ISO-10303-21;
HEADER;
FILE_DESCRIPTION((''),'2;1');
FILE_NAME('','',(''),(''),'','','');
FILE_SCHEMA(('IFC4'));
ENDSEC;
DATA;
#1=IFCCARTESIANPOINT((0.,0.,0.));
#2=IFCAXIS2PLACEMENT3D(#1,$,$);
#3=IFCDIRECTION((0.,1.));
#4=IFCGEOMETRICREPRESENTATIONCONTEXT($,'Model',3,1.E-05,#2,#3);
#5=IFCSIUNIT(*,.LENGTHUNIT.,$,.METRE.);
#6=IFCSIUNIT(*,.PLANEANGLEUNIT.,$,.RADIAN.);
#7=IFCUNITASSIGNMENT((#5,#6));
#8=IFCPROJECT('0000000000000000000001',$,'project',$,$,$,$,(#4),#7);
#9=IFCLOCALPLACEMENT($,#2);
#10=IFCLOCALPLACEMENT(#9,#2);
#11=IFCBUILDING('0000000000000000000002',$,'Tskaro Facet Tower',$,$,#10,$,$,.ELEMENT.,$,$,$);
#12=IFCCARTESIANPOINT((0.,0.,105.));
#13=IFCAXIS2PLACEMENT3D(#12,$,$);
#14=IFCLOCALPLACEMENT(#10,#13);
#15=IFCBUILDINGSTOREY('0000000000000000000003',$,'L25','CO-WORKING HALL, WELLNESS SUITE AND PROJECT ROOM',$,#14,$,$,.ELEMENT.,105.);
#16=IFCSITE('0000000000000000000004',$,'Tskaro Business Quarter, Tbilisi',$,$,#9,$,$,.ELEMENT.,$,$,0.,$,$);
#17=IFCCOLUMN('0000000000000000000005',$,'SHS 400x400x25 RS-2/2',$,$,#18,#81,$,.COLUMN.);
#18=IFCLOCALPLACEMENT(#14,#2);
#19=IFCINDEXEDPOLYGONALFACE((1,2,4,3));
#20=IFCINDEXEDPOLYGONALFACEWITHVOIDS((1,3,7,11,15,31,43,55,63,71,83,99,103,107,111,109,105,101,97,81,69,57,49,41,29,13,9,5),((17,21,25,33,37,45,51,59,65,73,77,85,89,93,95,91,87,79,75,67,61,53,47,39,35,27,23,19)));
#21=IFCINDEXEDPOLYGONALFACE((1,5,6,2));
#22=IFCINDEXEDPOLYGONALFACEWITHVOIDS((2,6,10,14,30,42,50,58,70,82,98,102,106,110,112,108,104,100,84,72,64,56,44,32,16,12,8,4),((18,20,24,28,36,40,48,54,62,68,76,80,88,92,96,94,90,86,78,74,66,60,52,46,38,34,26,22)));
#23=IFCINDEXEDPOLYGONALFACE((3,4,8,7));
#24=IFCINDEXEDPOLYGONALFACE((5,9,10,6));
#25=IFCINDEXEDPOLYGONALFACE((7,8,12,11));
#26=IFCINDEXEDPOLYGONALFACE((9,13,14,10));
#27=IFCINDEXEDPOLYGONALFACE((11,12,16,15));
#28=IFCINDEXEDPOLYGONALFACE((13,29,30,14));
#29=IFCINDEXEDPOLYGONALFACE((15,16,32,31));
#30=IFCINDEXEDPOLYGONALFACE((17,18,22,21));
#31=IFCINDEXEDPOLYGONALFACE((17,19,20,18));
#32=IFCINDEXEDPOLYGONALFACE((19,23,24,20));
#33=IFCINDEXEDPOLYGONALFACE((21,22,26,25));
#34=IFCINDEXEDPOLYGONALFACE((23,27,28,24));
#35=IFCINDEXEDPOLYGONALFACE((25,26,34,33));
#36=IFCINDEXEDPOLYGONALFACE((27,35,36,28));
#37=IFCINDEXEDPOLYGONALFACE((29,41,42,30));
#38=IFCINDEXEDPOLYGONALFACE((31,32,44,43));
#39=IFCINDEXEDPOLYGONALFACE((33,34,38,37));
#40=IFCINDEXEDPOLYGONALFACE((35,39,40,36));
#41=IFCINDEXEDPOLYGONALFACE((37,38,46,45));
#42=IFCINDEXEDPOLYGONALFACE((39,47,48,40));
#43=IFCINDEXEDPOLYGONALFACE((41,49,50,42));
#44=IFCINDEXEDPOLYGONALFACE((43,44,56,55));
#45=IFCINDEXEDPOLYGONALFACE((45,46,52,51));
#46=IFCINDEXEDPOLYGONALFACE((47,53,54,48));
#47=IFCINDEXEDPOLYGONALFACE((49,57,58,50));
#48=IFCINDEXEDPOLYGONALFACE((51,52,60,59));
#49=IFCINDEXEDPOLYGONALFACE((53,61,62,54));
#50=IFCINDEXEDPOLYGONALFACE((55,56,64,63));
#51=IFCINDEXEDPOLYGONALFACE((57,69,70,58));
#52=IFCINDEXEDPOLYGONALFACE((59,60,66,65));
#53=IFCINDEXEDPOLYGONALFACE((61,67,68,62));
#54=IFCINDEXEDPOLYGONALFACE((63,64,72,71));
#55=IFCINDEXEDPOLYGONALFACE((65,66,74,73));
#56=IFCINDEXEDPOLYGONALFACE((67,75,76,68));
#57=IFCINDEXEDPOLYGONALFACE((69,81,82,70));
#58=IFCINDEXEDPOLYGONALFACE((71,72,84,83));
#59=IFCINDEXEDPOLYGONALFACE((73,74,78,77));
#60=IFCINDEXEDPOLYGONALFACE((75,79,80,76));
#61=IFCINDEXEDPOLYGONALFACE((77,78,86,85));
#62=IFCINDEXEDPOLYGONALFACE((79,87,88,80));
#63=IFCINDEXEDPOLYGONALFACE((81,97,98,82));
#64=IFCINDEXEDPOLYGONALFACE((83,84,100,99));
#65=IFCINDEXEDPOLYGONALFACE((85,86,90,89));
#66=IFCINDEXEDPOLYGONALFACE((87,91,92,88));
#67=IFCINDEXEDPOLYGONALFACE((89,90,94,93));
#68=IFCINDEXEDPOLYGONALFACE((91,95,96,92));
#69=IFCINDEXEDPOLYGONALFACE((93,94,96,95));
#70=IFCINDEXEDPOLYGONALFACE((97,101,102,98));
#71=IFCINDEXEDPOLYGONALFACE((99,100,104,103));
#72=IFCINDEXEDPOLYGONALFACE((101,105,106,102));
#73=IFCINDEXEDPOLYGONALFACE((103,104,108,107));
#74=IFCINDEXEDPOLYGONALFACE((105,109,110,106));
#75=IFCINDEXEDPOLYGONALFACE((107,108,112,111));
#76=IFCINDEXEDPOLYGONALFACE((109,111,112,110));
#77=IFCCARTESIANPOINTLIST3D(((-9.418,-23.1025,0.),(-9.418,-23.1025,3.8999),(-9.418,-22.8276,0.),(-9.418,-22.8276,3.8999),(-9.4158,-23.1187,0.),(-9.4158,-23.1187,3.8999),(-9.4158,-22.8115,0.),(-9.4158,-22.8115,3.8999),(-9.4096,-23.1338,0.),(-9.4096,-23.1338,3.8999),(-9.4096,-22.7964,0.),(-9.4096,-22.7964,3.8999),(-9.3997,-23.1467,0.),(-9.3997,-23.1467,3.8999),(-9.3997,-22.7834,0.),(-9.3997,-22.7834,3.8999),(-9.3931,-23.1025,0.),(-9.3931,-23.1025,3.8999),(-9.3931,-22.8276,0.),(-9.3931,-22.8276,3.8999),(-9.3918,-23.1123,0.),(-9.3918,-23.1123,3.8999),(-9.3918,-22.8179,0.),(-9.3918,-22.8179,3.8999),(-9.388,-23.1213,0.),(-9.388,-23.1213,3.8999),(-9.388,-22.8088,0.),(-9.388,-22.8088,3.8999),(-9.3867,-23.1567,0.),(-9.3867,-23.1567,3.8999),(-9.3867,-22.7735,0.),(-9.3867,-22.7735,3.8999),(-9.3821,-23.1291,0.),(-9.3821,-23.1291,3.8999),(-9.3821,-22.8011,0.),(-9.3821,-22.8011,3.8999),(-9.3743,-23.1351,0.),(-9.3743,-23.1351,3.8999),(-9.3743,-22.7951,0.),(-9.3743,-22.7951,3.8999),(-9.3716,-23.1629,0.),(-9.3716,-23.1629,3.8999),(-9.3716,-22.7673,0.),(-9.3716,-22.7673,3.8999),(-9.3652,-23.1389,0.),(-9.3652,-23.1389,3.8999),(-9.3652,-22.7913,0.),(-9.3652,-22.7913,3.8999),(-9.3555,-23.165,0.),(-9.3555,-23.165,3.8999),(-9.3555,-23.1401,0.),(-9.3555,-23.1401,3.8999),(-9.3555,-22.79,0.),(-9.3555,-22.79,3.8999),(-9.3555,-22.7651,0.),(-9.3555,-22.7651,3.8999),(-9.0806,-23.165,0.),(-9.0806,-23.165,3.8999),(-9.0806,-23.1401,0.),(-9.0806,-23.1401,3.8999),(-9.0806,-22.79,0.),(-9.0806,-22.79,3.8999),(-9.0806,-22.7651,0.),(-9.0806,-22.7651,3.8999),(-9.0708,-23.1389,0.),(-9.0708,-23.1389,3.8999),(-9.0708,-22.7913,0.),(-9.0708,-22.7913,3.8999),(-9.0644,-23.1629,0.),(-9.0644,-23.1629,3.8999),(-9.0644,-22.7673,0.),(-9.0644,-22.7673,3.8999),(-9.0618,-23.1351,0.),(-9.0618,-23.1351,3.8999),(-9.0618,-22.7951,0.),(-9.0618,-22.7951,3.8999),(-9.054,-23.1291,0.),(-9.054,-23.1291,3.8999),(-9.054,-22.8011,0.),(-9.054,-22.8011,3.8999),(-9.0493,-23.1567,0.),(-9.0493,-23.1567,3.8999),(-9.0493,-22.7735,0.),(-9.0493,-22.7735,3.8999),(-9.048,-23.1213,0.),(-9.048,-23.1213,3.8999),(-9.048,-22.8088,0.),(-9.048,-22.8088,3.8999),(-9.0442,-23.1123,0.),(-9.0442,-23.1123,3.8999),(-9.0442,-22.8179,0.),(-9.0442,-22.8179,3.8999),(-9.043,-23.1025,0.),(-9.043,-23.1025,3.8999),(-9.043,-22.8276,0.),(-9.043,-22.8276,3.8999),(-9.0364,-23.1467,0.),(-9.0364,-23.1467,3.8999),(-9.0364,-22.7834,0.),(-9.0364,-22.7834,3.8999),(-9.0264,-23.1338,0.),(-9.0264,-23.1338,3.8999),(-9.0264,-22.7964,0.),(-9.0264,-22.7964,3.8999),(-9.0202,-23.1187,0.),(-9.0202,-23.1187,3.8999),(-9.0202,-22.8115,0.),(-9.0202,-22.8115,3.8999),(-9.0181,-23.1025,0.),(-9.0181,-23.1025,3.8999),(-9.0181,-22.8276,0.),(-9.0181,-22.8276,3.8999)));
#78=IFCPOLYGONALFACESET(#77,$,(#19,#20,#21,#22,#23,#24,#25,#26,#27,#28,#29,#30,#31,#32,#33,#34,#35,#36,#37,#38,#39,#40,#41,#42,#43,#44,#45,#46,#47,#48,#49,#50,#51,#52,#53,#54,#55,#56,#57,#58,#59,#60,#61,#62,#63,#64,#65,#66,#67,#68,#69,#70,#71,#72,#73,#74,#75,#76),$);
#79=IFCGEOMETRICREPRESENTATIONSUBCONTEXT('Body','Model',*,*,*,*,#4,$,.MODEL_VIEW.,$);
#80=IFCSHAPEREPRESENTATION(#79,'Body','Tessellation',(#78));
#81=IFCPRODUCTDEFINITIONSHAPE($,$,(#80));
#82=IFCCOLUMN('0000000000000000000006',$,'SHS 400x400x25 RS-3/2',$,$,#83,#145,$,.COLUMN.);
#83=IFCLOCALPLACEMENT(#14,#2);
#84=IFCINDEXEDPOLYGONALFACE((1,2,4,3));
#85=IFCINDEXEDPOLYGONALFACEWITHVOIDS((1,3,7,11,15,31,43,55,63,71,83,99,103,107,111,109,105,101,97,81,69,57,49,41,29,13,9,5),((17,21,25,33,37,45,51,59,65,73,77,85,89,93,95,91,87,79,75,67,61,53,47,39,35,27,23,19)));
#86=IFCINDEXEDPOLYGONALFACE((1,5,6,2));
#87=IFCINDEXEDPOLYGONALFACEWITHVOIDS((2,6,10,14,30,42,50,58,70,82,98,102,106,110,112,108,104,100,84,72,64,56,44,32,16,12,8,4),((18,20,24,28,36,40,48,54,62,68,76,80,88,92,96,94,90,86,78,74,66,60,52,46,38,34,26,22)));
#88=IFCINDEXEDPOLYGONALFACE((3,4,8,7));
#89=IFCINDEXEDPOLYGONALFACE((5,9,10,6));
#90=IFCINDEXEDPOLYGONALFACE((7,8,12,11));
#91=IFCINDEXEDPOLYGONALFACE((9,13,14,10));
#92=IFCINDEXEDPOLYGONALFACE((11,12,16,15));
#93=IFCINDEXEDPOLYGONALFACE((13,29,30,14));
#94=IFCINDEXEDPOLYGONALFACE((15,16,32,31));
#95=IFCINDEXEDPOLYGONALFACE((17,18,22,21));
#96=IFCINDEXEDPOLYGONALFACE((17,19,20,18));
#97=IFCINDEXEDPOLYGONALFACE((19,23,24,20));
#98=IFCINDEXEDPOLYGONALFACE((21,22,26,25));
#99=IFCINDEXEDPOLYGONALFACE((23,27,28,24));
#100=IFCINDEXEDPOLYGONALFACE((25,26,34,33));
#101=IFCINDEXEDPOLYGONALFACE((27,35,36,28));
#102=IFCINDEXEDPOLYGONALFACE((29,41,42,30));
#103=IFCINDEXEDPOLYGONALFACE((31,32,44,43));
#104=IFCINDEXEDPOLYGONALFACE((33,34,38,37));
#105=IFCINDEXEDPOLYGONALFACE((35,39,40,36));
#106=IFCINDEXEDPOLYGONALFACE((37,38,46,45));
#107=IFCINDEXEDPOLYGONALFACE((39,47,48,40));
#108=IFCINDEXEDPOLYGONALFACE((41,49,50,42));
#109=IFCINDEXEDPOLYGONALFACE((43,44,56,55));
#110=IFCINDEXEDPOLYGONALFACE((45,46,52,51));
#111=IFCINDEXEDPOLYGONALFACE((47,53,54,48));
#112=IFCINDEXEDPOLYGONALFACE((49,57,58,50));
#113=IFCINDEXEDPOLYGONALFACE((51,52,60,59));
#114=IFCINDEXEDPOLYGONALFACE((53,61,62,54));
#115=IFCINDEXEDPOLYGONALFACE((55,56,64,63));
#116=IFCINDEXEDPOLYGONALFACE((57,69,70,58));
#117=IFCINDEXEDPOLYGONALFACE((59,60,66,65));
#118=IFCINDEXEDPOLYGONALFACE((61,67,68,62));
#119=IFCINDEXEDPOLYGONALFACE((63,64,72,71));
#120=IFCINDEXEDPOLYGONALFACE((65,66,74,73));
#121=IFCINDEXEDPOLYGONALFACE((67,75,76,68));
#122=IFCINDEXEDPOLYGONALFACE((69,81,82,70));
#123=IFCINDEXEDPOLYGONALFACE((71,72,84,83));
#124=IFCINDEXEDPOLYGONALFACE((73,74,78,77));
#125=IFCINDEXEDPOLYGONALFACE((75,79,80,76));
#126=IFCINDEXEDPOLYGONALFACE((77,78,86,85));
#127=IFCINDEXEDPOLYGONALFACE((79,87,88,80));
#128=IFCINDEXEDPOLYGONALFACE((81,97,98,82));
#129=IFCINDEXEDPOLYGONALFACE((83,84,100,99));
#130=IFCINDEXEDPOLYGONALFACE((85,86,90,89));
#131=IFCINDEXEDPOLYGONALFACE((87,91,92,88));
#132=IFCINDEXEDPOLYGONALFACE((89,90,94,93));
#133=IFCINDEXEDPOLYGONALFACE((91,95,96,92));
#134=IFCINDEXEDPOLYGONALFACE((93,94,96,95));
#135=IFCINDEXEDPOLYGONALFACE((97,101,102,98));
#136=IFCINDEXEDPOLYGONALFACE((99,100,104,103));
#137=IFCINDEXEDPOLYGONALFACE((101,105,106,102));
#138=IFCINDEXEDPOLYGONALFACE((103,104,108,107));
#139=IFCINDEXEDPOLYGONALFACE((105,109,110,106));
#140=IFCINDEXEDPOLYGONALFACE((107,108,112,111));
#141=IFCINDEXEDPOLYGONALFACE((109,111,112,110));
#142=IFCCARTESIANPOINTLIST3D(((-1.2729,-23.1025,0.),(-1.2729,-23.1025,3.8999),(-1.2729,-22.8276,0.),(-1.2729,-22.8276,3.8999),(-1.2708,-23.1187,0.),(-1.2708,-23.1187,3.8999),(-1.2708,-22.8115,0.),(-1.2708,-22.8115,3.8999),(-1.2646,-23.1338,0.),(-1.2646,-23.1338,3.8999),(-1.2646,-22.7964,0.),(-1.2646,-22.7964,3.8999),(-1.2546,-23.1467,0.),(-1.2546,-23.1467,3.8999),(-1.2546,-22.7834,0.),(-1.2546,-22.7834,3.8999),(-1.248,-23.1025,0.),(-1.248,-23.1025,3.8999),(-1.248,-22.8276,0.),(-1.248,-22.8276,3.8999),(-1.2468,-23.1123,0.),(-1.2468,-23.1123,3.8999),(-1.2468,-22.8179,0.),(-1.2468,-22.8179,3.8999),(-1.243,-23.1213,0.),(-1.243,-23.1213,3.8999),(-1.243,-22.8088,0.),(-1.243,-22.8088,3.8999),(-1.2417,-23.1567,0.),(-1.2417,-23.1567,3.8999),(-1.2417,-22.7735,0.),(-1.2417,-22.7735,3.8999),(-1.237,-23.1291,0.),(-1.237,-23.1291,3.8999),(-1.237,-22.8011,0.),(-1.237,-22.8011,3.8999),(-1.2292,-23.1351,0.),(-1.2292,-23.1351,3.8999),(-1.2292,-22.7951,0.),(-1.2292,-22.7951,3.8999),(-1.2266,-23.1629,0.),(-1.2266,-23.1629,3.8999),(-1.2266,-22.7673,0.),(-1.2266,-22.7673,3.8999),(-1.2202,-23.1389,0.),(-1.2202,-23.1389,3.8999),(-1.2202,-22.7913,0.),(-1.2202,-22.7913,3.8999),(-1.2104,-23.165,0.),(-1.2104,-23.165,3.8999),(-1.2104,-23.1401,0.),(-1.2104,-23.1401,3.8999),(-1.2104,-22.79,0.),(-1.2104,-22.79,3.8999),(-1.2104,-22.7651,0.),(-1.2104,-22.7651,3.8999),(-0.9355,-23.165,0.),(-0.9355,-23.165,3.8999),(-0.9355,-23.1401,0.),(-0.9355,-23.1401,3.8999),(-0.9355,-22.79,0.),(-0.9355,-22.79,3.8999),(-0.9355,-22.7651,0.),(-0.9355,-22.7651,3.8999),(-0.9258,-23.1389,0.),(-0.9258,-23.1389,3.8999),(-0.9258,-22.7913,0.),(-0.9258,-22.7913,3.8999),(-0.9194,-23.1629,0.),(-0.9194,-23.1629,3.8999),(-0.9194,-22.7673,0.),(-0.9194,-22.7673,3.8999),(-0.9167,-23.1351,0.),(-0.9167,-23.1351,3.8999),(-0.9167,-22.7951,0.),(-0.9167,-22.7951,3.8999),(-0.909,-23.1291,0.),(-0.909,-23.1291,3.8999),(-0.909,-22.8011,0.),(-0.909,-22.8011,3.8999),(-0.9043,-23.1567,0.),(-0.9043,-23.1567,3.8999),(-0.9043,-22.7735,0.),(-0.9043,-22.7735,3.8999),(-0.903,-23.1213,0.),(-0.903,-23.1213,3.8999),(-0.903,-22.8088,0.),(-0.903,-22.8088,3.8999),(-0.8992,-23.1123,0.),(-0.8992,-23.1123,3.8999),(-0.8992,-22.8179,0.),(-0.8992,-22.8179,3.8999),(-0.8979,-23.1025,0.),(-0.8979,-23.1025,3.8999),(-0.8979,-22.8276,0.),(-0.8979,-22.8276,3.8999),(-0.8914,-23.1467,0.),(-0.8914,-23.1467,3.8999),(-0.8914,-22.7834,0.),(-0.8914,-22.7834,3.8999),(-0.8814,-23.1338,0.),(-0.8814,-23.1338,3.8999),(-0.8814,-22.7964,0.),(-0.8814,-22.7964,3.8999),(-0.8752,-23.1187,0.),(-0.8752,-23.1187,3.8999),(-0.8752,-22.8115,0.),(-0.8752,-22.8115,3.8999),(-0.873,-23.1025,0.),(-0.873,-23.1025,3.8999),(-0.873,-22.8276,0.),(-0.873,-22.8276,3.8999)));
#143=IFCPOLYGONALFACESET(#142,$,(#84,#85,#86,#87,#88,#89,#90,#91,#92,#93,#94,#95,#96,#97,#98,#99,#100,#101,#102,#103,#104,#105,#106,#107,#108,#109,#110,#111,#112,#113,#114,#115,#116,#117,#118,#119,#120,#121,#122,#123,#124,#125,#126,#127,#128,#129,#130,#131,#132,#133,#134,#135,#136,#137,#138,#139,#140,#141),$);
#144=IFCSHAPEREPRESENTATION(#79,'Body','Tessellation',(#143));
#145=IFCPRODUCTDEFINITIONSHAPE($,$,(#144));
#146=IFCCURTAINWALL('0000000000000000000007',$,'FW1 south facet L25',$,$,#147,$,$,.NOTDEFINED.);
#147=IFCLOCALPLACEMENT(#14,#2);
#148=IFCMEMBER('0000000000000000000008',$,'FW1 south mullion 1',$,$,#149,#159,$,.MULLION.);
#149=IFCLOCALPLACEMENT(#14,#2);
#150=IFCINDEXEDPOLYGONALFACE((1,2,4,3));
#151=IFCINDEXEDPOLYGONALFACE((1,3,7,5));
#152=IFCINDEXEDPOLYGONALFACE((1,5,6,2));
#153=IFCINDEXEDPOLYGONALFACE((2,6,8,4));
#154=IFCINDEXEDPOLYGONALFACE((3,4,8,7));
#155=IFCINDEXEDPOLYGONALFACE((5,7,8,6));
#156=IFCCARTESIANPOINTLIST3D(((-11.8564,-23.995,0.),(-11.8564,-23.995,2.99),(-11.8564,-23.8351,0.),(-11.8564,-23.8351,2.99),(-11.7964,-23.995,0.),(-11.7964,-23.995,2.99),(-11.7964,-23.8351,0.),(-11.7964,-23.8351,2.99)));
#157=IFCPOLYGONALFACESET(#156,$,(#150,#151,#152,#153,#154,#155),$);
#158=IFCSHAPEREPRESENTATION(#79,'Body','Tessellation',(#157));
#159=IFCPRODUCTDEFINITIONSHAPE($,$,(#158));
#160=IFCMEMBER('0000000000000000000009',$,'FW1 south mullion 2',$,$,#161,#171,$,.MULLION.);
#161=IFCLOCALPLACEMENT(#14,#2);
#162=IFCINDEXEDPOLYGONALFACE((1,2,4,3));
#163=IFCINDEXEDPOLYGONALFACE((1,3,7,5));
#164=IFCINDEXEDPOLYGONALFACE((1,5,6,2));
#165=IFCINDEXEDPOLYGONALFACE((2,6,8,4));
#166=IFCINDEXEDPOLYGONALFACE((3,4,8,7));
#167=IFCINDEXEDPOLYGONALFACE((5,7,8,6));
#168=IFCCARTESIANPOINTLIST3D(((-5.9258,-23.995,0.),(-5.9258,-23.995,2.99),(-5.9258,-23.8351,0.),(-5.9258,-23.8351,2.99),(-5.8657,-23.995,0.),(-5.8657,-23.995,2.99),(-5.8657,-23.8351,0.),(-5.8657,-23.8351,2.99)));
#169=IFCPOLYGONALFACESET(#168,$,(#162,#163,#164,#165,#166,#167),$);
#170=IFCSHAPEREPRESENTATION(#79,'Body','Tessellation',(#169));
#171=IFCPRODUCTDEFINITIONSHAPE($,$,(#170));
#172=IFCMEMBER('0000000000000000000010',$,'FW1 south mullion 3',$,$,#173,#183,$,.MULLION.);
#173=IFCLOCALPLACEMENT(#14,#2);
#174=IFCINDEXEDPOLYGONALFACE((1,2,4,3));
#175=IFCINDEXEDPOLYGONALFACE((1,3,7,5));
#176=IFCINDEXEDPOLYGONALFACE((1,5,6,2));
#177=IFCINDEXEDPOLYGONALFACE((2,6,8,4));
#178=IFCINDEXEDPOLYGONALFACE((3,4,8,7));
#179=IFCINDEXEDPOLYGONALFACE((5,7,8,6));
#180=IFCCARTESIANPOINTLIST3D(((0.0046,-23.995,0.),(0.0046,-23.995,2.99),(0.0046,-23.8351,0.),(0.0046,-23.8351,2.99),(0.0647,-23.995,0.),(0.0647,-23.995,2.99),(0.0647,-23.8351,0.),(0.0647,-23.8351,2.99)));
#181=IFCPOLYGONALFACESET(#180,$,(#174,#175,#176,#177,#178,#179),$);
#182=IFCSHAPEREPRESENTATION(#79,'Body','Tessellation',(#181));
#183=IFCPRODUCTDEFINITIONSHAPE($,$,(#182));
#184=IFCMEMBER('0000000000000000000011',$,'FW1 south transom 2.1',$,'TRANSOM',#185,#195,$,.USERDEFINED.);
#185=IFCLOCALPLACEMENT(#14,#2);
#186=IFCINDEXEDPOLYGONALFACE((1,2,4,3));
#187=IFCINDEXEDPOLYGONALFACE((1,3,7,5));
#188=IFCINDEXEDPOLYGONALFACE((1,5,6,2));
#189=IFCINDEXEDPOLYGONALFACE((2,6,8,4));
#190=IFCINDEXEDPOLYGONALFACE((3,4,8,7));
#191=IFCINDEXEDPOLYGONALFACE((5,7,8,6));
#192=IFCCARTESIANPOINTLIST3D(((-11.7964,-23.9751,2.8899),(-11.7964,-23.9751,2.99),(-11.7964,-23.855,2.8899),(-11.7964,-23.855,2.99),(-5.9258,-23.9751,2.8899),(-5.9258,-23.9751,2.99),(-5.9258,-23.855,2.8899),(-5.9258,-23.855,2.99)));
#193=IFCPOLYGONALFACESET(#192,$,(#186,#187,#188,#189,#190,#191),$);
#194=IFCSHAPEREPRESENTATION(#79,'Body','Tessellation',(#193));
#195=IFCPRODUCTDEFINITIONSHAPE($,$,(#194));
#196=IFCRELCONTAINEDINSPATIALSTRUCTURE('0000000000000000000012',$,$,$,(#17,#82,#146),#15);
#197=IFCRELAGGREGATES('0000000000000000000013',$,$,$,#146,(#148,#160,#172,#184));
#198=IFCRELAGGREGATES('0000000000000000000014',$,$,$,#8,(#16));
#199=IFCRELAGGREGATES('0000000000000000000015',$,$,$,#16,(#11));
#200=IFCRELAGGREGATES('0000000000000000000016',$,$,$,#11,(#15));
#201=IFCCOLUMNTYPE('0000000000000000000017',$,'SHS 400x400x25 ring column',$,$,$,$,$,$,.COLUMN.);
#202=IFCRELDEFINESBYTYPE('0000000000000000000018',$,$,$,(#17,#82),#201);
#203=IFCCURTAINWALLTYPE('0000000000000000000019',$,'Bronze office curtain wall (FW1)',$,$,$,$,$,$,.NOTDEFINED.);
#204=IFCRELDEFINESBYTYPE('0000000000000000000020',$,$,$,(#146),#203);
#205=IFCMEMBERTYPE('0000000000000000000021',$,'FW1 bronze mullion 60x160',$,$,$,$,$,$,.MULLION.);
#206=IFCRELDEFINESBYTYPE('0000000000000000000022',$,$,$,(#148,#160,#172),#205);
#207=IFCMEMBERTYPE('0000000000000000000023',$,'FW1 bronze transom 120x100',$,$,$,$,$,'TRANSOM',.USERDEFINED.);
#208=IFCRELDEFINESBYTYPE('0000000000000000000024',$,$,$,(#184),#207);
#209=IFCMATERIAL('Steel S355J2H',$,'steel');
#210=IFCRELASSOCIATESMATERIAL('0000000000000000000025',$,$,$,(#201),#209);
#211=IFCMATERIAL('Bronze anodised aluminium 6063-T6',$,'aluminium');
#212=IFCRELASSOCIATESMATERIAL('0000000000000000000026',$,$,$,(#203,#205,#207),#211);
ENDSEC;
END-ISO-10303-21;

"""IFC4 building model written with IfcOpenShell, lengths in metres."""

from ifc_helpers import new_model, si_unit, direction, frame, origin, origin_2d, place, context, subcontext, project, spatial, rectangle, hollow_rectangle, extrude, material, material_profile, profile_set, type_object, element, aggregate, save


model = new_model("IFC4")

# Units and contexts
model_context = context("Model", 3, precision=1e-05, world=origin(), true_north=direction((0.0, 1.0)))
body_context = subcontext(model_context, "Body", "Model", "MODEL_VIEW")
ifc_project = project(units=[si_unit("LENGTHUNIT", "METRE"), si_unit("PLANEANGLEUNIT", "RADIAN")], contexts=[model_context])

# Site, building, storey
site_placement = place(None, origin())
site = spatial("IfcSite", under=ifc_project, at=site_placement, Name="Tskaro Business Quarter, Tbilisi", CompositionType="ELEMENT", RefElevation=0.0)
building_placement = place(site_placement, origin())
building = spatial("IfcBuilding", under=site, at=building_placement, Name="Tskaro Facet Tower", CompositionType="ELEMENT")
storey_placement = place(building_placement, frame((0.0, 0.0, 105.0)))
storey = spatial("IfcBuildingStorey", under=building, at=storey_placement, Name="L25", Description="CO-WORKING HALL, WELLNESS SUITE AND PROJECT ROOM", CompositionType="ELEMENT", Elevation=105.0)

# Columns
ifc_material_1 = material(Name="Steel S355J2H", Category="steel")
ifc_material_profile_1 = material_profile(ifc_material_1, hollow_rectangle(XDim=0.3999, YDim=0.3999, WallThickness=0.0249, InnerFilletRadius=0.0376, OuterFilletRadius=0.0625, at=origin_2d()), Name="SHS 400x400x25")
ifc_profile_set_1 = profile_set([ifc_material_profile_1], Name="Steel S355J2H")
column_type_1 = type_object("IfcColumnType", Name="SHS 400x400x25 ring column", PredefinedType="COLUMN", material=ifc_profile_set_1)
for number, where, z_axis, x_axis, name in (
    (1, (-9.218, -22.9651, 0.0), (0.0, 0.0, 1.0), (1.0, 0.0, 0.0), "SHS 400x400x25 RS-2/2"),
    (2, (-1.073, -22.9651, 0.0), (0.0, 0.0, 1.0), (1.0, 0.0, 0.0), "SHS 400x400x25 RS-3/2"),
):
    element("IfcColumn", number, at=place(storey_placement, frame(where, z_axis=z_axis, x_axis=x_axis)), inside=storey, type_object=column_type_1, Name=name, PredefinedType="COLUMN", context=body_context, shape_type="SweptSolid", body=[
        extrude(hollow_rectangle(XDim=0.3999, YDim=0.3999, WallThickness=0.0249, InnerFilletRadius=0.0376, OuterFilletRadius=0.0625, at=origin_2d()), origin(), (0.0, 0.0, 1.0), 3.8999),
    ])

# Curtain wall, members
ifc_material_2 = material(Name="Bronze anodised aluminium 6063-T6", Category="aluminium")
curtain_wall_type = type_object("IfcCurtainWallType", Name="Bronze office curtain wall (FW1)", PredefinedType="NOTDEFINED", material=ifc_material_2)
curtain_wall_placement = place(storey_placement, origin())
curtain_wall = element("IfcCurtainWall", 3, at=curtain_wall_placement, inside=storey, type_object=curtain_wall_type, Name="FW1 south facet L25", PredefinedType="NOTDEFINED")
ifc_material_profile_2 = material_profile(ifc_material_2, rectangle(XDim=0.0601, YDim=0.1599, at=origin_2d()), Name="Mullion 60x160")
ifc_profile_set_2 = profile_set([ifc_material_profile_2], Name="Bronze anodised aluminium 6063-T6")
member_type_1 = type_object("IfcMemberType", Name="FW1 bronze mullion 60x160", PredefinedType="MULLION", material=ifc_profile_set_2)
member_1_placement = place(storey_placement, frame((-11.8264, -23.915, 0.0), z_axis=(0.0, 0.0, 1.0), x_axis=(1.0, 0.0, 0.0)))
member_1 = element("IfcMember", 4, at=member_1_placement, type_object=member_type_1, Name="FW1 south mullion 1", PredefinedType="MULLION", context=body_context, shape_type="SweptSolid", body=[
    extrude(rectangle(XDim=0.0601, YDim=0.1599, at=origin_2d()), origin(), (0.0, 0.0, 1.0), 2.99),
])
member_2_placement = place(storey_placement, frame((-5.8958, -23.915, 0.0), z_axis=(0.0, 0.0, 1.0), x_axis=(1.0, 0.0, 0.0)))
member_2 = element("IfcMember", 5, at=member_2_placement, type_object=member_type_1, Name="FW1 south mullion 2", PredefinedType="MULLION", context=body_context, shape_type="SweptSolid", body=[
    extrude(rectangle(XDim=0.0601, YDim=0.1599, at=origin_2d()), origin(), (0.0, 0.0, 1.0), 2.99),
])
member_3_placement = place(storey_placement, frame((0.0347, -23.915, 0.0), z_axis=(0.0, 0.0, 1.0), x_axis=(1.0, 0.0, 0.0)))
member_3 = element("IfcMember", 6, at=member_3_placement, type_object=member_type_1, Name="FW1 south mullion 3", PredefinedType="MULLION", context=body_context, shape_type="SweptSolid", body=[
    extrude(rectangle(XDim=0.0601, YDim=0.1599, at=origin_2d()), origin(), (0.0, 0.0, 1.0), 2.99),
])
ifc_material_profile_3 = material_profile(ifc_material_2, rectangle(XDim=0.1201, YDim=0.1001, at=origin_2d()), Name="Transom 120x100")
ifc_profile_set_3 = profile_set([ifc_material_profile_3], Name="Bronze anodised aluminium 6063-T6")
member_type_2 = type_object("IfcMemberType", Name="FW1 bronze transom 120x100", ElementType="TRANSOM", PredefinedType="USERDEFINED", material=ifc_profile_set_3)
member_4_placement = place(storey_placement, frame((-11.7964, -23.915, 2.9399), z_axis=(1.0, 0.0, 0.0), x_axis=(0.0, 1.0, 0.0)))
member_4 = element("IfcMember", 7, at=member_4_placement, type_object=member_type_2, Name="FW1 south transom 2.1", ObjectType="TRANSOM", PredefinedType="USERDEFINED", context=body_context, shape_type="SweptSolid", body=[
    extrude(rectangle(XDim=0.1201, YDim=0.1001, at=origin_2d()), origin(), (0.0, 0.0, 1.0), 5.8706),
])

aggregate(curtain_wall, [member_1, member_2, member_3, member_4])

save(model, "model.ifc")
